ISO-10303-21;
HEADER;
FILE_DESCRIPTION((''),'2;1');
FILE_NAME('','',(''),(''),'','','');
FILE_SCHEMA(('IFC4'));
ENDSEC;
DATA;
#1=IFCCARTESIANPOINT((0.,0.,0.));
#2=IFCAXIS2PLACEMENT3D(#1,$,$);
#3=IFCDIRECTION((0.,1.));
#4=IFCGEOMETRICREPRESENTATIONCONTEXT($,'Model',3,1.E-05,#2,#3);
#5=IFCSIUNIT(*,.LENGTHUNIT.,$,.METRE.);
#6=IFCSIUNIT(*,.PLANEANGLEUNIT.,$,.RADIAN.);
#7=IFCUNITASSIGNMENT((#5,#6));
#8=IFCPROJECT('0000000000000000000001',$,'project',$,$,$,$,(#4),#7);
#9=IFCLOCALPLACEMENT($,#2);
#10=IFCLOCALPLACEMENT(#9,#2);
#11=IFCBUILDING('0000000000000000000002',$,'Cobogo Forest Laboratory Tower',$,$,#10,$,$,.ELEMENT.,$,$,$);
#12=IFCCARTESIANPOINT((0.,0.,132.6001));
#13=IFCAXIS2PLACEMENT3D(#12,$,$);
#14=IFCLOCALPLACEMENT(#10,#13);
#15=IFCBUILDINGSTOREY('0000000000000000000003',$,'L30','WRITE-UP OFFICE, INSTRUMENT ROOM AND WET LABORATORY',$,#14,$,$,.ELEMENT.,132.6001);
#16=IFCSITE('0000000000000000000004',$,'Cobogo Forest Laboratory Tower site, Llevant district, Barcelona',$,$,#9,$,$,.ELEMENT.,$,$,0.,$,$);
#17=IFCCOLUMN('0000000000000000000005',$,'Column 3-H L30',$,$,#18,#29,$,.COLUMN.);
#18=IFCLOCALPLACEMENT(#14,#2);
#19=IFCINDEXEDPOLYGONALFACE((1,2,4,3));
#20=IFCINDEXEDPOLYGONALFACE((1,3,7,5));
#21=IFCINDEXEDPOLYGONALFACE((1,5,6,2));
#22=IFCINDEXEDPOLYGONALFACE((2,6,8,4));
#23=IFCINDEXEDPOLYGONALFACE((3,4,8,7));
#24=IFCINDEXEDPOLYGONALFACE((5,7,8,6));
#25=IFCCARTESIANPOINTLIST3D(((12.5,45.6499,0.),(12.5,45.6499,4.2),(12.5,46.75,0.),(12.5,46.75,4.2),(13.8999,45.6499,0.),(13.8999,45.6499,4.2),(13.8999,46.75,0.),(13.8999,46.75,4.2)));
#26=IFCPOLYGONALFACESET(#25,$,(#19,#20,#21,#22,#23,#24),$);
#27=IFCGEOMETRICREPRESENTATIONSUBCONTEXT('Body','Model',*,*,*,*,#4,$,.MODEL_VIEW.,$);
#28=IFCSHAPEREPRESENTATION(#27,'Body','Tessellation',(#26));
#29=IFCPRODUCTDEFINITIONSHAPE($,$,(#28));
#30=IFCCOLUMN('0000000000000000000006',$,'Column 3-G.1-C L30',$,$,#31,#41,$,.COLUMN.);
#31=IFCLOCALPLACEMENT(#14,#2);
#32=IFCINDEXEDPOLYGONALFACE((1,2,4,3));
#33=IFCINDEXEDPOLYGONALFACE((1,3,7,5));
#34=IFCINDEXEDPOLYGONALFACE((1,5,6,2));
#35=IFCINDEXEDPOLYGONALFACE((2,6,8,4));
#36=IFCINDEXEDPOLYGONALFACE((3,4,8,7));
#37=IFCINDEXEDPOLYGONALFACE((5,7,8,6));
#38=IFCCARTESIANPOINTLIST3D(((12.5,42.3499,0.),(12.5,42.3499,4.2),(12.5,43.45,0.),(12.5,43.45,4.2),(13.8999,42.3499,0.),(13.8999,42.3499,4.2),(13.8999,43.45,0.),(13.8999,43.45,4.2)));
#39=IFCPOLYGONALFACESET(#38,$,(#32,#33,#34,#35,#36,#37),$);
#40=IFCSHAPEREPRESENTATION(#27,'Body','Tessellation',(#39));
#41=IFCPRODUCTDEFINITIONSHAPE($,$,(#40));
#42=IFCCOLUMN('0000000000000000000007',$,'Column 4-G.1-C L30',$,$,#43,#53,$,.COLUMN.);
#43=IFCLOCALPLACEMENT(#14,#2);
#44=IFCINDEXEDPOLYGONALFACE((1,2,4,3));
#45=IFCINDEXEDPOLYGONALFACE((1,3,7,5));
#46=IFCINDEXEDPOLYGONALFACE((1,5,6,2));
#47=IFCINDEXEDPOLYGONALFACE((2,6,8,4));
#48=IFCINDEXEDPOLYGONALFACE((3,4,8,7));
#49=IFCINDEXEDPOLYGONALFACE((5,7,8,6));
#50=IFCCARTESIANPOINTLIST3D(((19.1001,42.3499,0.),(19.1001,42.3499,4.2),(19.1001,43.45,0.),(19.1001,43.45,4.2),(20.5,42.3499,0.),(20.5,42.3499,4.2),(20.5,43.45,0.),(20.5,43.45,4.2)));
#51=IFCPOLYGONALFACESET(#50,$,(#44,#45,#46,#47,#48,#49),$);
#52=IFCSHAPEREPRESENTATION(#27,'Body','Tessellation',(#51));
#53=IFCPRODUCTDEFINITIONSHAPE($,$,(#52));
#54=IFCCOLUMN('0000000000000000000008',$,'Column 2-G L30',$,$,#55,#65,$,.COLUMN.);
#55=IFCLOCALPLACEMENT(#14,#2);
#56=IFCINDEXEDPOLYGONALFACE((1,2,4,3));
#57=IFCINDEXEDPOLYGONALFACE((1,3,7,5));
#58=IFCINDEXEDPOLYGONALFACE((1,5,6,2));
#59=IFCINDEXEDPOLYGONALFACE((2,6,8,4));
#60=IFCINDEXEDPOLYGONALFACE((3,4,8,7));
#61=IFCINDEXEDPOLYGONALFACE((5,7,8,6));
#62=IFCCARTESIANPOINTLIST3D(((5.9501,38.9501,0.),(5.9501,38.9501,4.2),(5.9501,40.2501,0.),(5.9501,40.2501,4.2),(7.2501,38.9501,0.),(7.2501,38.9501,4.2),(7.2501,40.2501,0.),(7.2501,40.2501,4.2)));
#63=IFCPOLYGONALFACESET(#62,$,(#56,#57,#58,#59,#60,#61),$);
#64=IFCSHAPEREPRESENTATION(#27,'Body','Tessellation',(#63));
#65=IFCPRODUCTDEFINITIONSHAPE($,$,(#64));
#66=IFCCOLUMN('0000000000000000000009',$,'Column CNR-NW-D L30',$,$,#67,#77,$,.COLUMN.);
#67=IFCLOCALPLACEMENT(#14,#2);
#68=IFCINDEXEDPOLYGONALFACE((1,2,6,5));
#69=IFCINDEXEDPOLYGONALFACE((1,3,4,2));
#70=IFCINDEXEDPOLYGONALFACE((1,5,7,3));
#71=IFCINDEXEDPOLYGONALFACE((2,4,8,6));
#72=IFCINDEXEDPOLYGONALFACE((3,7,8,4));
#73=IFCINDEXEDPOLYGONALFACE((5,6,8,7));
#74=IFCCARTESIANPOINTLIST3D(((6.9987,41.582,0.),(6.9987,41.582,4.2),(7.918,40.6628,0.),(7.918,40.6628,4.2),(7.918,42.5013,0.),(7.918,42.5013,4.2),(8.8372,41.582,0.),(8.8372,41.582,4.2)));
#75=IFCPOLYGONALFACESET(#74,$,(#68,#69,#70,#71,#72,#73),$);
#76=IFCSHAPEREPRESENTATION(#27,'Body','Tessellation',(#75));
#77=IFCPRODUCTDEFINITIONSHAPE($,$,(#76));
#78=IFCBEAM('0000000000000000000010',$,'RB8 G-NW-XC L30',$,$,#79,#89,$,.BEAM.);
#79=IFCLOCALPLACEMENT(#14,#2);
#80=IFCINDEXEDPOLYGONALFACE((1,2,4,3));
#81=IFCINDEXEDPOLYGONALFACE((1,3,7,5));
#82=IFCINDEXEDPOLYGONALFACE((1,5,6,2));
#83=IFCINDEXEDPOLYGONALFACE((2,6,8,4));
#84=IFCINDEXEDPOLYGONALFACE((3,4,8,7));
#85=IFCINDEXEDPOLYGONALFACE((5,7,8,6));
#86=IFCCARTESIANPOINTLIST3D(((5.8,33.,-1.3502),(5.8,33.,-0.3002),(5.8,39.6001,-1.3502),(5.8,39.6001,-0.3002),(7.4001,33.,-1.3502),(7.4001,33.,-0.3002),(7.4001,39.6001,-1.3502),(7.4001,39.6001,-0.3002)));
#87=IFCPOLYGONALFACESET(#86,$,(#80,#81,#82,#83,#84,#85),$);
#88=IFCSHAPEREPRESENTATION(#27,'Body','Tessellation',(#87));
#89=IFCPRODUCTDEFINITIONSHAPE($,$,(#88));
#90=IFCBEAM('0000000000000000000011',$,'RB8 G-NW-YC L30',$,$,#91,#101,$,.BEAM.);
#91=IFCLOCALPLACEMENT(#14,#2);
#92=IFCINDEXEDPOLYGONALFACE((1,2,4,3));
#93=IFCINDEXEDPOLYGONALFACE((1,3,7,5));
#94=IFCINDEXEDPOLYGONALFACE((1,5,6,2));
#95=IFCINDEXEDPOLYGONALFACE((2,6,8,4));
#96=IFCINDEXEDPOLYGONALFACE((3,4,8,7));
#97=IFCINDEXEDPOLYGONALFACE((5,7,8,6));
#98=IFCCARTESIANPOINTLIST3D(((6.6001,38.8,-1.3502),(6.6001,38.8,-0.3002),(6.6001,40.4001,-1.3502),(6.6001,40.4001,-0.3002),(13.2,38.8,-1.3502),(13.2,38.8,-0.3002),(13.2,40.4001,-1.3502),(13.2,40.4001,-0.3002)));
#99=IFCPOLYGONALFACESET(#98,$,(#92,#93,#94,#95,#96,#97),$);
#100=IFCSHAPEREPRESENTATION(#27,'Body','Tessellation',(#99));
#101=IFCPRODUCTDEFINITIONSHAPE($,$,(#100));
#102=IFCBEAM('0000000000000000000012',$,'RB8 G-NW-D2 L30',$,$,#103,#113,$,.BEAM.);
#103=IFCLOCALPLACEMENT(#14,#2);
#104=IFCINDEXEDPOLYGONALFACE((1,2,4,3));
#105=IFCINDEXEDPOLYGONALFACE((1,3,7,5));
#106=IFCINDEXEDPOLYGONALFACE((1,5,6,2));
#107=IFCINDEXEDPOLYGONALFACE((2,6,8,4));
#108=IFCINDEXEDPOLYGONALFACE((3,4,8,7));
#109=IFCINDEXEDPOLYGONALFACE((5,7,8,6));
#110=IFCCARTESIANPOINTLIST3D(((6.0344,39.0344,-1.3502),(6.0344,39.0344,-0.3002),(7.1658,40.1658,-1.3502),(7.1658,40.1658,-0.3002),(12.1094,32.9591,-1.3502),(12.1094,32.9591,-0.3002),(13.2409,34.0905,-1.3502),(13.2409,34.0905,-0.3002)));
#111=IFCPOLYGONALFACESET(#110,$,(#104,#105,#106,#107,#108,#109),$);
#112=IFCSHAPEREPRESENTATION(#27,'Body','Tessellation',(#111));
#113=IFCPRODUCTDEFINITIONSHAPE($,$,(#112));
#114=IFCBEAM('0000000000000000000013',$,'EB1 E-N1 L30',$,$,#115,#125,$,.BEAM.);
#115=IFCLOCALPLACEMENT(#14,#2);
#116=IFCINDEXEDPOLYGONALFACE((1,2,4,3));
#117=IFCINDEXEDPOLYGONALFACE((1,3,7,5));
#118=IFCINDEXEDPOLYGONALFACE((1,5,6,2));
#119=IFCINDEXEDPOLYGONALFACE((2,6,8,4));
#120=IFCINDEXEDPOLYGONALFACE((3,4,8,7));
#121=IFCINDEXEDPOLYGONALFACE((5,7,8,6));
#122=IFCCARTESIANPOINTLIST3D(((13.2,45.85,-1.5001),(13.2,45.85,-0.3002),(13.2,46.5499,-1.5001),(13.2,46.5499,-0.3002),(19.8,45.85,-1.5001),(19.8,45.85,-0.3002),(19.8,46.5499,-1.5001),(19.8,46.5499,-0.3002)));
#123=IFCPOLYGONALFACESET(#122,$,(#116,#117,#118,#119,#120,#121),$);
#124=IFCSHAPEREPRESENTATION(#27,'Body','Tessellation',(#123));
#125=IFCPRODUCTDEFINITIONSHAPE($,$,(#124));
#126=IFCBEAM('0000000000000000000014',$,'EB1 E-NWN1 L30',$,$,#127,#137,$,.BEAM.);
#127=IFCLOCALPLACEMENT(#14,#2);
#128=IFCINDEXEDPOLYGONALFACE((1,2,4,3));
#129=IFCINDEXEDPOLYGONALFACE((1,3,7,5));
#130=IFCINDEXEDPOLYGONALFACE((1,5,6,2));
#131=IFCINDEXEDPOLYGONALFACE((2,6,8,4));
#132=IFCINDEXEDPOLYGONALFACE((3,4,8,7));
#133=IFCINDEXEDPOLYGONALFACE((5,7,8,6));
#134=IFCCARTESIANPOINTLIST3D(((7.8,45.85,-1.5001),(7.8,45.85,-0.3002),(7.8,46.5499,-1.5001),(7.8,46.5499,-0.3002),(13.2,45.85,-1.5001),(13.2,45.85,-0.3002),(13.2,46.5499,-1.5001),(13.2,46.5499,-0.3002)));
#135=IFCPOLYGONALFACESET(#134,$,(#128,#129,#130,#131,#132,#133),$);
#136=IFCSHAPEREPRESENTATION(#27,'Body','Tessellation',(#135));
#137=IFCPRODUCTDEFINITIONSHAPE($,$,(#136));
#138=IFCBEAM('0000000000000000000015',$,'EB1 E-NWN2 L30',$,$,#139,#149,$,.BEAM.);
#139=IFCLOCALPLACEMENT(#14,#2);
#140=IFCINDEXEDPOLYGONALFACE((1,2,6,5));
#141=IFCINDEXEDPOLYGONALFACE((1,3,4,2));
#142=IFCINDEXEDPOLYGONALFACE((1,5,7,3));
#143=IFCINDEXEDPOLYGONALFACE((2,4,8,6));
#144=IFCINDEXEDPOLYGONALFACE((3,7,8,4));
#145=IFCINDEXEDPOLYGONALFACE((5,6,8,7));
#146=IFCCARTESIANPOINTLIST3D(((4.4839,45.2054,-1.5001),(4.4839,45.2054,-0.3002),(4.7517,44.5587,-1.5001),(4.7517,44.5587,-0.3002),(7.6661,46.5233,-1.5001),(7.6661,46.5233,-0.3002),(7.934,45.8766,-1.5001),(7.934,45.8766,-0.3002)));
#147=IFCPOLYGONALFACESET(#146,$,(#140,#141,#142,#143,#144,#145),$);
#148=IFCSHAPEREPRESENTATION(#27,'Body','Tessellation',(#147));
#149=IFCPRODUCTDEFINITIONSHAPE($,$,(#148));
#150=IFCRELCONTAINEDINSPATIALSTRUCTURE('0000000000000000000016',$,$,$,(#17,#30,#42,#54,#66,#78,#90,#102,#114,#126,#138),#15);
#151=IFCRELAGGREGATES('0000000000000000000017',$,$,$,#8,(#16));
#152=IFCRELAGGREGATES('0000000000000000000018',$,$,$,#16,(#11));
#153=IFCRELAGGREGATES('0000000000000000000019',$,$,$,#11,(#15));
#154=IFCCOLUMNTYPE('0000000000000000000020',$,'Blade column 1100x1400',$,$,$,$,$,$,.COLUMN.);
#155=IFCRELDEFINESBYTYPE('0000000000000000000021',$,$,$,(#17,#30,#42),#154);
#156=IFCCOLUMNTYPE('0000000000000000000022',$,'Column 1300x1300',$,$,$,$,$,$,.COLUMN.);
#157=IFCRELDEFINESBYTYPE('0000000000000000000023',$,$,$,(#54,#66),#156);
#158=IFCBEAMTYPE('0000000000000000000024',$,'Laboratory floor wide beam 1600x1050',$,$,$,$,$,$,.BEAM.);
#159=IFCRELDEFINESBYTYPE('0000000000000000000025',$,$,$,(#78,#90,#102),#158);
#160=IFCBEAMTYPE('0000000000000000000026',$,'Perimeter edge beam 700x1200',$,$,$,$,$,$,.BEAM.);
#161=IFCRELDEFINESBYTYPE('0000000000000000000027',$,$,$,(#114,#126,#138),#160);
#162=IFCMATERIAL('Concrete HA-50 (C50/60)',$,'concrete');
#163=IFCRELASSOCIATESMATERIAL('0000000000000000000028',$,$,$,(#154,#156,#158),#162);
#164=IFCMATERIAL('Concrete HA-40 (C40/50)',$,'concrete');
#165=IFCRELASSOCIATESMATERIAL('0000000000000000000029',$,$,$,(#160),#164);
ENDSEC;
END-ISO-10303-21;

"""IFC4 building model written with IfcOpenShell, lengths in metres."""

from ifc_helpers import new_model, si_unit, direction, frame, origin, origin_2d, place, context, subcontext, project, spatial, rectangle, extrude, material, material_profile, profile_set, type_object, element, save


model = new_model("IFC4")

# Units and contexts
model_context = context("Model", 3, precision=1e-05, world=origin(), true_north=direction((0.0, 1.0)))
body_context = subcontext(model_context, "Body", "Model", "MODEL_VIEW")
ifc_project = project(units=[si_unit("LENGTHUNIT", "METRE"), si_unit("PLANEANGLEUNIT", "RADIAN")], contexts=[model_context])

# Site, building, storey
site_placement = place(None, origin())
site = spatial("IfcSite", under=ifc_project, at=site_placement, Name="Cobogo Forest Laboratory Tower site, Llevant district, Barcelona", CompositionType="ELEMENT", RefElevation=0.0)
building_placement = place(site_placement, origin())
building = spatial("IfcBuilding", under=site, at=building_placement, Name="Cobogo Forest Laboratory Tower", CompositionType="ELEMENT")
storey_placement = place(building_placement, frame((0.0, 0.0, 132.6001)))
storey = spatial("IfcBuildingStorey", under=building, at=storey_placement, Name="L30", Description="WRITE-UP OFFICE, INSTRUMENT ROOM AND WET LABORATORY", CompositionType="ELEMENT", Elevation=132.6001)

# Columns
ifc_material_1 = material(Name="Concrete HA-50 (C50/60)", Category="concrete")
ifc_material_profile_1 = material_profile(ifc_material_1, rectangle(XDim=1.3999, YDim=1.1001, at=origin_2d()), Name="RC 1100x1400")
ifc_profile_set_1 = profile_set([ifc_material_profile_1], Name="Concrete HA-50 (C50/60)")
column_type_1 = type_object("IfcColumnType", Name="Blade column 1100x1400", PredefinedType="COLUMN", material=ifc_profile_set_1)
for number, where, z_axis, x_axis, name in (
    (1, (13.2, 46.2, 0.0), (0.0, 0.0, 1.0), (1.0, 0.0, 0.0), "Column 3-H L30"),
    (2, (13.2, 42.8999, 0.0), (0.0, 0.0, 1.0), (1.0, 0.0, 0.0), "Column 3-G.1-C L30"),
    (3, (19.8, 42.8999, 0.0), (0.0, 0.0, 1.0), (1.0, 0.0, 0.0), "Column 4-G.1-C L30"),
):
    element("IfcColumn", number, at=place(storey_placement, frame(where, z_axis=z_axis, x_axis=x_axis)), inside=storey, type_object=column_type_1, Name=name, PredefinedType="COLUMN", context=body_context, shape_type="SweptSolid", body=[
        extrude(rectangle(XDim=1.3999, YDim=1.1001, at=origin_2d()), origin(), (0.0, 0.0, 1.0), 4.2),
    ])
ifc_material_profile_2 = material_profile(ifc_material_1, rectangle(XDim=1.3, YDim=1.3, at=origin_2d()), Name="RC 1300x1300")
ifc_profile_set_2 = profile_set([ifc_material_profile_2], Name="Concrete HA-50 (C50/60)")
column_type_2 = type_object("IfcColumnType", Name="Column 1300x1300", PredefinedType="COLUMN", material=ifc_profile_set_2)
for number, where, z_axis, x_axis, name in (
    (4, (6.6001, 39.6001, 0.0), (0.0, 0.0, 1.0), (1.0, 0.0, 0.0), "Column 2-G L30"),
    (5, (7.918, 41.582, 0.0), (0.0, 0.0, 1.0), (0.707107, 0.707107, 0.0), "Column CNR-NW-D L30"),
):
    element("IfcColumn", number, at=place(storey_placement, frame(where, z_axis=z_axis, x_axis=x_axis)), inside=storey, type_object=column_type_2, Name=name, PredefinedType="COLUMN", context=body_context, shape_type="SweptSolid", body=[
        extrude(rectangle(XDim=1.3, YDim=1.3, at=origin_2d()), origin(), (0.0, 0.0, 1.0), 4.2),
    ])

# Beams
ifc_material_profile_3 = material_profile(ifc_material_1, rectangle(XDim=1.6001, YDim=1.05, at=origin_2d()), Name="RC 1600x1050")
ifc_profile_set_3 = profile_set([ifc_material_profile_3], Name="Concrete HA-50 (C50/60)")
beam_type_1 = type_object("IfcBeamType", Name="Laboratory floor wide beam 1600x1050", PredefinedType="BEAM", material=ifc_profile_set_3)
beam_1_placement = place(storey_placement, frame((6.6001, 39.6001, -0.8252), z_axis=(0.0, -1.0, 0.0), x_axis=(1.0, 0.0, 0.0)))
element("IfcBeam", 6, at=beam_1_placement, inside=storey, type_object=beam_type_1, Name="RB8 G-NW-XC L30", PredefinedType="BEAM", context=body_context, shape_type="SweptSolid", body=[
    extrude(rectangle(XDim=1.6001, YDim=1.05, at=origin_2d()), origin(), (0.0, 0.0, 1.0), 6.6001),
])
beam_2_placement = place(storey_placement, frame((6.6001, 39.6001, -0.8252), z_axis=(1.0, 0.0, 0.0), x_axis=(0.0, 1.0, 0.0)))
element("IfcBeam", 7, at=beam_2_placement, inside=storey, type_object=beam_type_1, Name="RB8 G-NW-YC L30", PredefinedType="BEAM", context=body_context, shape_type="SweptSolid", body=[
    extrude(rectangle(XDim=1.6001, YDim=1.05, at=origin_2d()), origin(), (0.0, 0.0, 1.0), 6.5999),
])
beam_3_placement = place(storey_placement, frame((6.6001, 39.6001, -0.8252), z_axis=(0.707093, -0.707121, 0.0), x_axis=(0.707121, 0.707093, 0.0)))
element("IfcBeam", 8, at=beam_3_placement, inside=storey, type_object=beam_type_1, Name="RB8 G-NW-D2 L30", PredefinedType="BEAM", context=body_context, shape_type="SweptSolid", body=[
    extrude(rectangle(XDim=1.6001, YDim=1.05, at=origin_2d()), origin(), (0.0, 0.0, 1.0), 8.5916),
])
ifc_material_2 = material(Name="Concrete HA-40 (C40/50)", Category="concrete")
ifc_material_profile_4 = material_profile(ifc_material_2, rectangle(XDim=0.7, YDim=1.2, at=origin_2d()), Name="RC 700x1200")
ifc_profile_set_4 = profile_set([ifc_material_profile_4], Name="Concrete HA-40 (C40/50)")
beam_type_2 = type_object("IfcBeamType", Name="Perimeter edge beam 700x1200", PredefinedType="BEAM", material=ifc_profile_set_4)
beam_4_placement = place(storey_placement, frame((13.2, 46.2, -0.9001), z_axis=(1.0, 0.0, 0.0), x_axis=(0.0, 1.0, 0.0)))
element("IfcBeam", 9, at=beam_4_placement, inside=storey, type_object=beam_type_2, Name="EB1 E-N1 L30", PredefinedType="BEAM", context=body_context, shape_type="SweptSolid", body=[
    extrude(rectangle(XDim=0.7, YDim=1.2, at=origin_2d()), origin(), (0.0, 0.0, 1.0), 6.6001),
])
beam_5_placement = place(storey_placement, frame((13.2, 46.2, -0.9001), z_axis=(-1.0, 0.0, 0.0), x_axis=(0.0, -1.0, 0.0)))
element("IfcBeam", 10, at=beam_5_placement, inside=storey, type_object=beam_type_2, Name="EB1 E-NWN1 L30", PredefinedType="BEAM", context=body_context, shape_type="SweptSolid", body=[
    extrude(rectangle(XDim=0.7, YDim=1.2, at=origin_2d()), origin(), (0.0, 0.0, 1.0), 5.3999),
])
beam_6_placement = place(storey_placement, frame((7.8, 46.2, -0.9001), z_axis=(-0.923901, -0.382631, 0.0), x_axis=(0.382631, -0.923901, 0.0)))
element("IfcBeam", 11, at=beam_6_placement, inside=storey, type_object=beam_type_2, Name="EB1 E-NWN2 L30", PredefinedType="BEAM", context=body_context, shape_type="SweptSolid", body=[
    extrude(rectangle(XDim=0.7, YDim=1.2, at=origin_2d()), origin(), (0.0, 0.0, 1.0), 3.4443),
])

save(model, "model.ifc")
